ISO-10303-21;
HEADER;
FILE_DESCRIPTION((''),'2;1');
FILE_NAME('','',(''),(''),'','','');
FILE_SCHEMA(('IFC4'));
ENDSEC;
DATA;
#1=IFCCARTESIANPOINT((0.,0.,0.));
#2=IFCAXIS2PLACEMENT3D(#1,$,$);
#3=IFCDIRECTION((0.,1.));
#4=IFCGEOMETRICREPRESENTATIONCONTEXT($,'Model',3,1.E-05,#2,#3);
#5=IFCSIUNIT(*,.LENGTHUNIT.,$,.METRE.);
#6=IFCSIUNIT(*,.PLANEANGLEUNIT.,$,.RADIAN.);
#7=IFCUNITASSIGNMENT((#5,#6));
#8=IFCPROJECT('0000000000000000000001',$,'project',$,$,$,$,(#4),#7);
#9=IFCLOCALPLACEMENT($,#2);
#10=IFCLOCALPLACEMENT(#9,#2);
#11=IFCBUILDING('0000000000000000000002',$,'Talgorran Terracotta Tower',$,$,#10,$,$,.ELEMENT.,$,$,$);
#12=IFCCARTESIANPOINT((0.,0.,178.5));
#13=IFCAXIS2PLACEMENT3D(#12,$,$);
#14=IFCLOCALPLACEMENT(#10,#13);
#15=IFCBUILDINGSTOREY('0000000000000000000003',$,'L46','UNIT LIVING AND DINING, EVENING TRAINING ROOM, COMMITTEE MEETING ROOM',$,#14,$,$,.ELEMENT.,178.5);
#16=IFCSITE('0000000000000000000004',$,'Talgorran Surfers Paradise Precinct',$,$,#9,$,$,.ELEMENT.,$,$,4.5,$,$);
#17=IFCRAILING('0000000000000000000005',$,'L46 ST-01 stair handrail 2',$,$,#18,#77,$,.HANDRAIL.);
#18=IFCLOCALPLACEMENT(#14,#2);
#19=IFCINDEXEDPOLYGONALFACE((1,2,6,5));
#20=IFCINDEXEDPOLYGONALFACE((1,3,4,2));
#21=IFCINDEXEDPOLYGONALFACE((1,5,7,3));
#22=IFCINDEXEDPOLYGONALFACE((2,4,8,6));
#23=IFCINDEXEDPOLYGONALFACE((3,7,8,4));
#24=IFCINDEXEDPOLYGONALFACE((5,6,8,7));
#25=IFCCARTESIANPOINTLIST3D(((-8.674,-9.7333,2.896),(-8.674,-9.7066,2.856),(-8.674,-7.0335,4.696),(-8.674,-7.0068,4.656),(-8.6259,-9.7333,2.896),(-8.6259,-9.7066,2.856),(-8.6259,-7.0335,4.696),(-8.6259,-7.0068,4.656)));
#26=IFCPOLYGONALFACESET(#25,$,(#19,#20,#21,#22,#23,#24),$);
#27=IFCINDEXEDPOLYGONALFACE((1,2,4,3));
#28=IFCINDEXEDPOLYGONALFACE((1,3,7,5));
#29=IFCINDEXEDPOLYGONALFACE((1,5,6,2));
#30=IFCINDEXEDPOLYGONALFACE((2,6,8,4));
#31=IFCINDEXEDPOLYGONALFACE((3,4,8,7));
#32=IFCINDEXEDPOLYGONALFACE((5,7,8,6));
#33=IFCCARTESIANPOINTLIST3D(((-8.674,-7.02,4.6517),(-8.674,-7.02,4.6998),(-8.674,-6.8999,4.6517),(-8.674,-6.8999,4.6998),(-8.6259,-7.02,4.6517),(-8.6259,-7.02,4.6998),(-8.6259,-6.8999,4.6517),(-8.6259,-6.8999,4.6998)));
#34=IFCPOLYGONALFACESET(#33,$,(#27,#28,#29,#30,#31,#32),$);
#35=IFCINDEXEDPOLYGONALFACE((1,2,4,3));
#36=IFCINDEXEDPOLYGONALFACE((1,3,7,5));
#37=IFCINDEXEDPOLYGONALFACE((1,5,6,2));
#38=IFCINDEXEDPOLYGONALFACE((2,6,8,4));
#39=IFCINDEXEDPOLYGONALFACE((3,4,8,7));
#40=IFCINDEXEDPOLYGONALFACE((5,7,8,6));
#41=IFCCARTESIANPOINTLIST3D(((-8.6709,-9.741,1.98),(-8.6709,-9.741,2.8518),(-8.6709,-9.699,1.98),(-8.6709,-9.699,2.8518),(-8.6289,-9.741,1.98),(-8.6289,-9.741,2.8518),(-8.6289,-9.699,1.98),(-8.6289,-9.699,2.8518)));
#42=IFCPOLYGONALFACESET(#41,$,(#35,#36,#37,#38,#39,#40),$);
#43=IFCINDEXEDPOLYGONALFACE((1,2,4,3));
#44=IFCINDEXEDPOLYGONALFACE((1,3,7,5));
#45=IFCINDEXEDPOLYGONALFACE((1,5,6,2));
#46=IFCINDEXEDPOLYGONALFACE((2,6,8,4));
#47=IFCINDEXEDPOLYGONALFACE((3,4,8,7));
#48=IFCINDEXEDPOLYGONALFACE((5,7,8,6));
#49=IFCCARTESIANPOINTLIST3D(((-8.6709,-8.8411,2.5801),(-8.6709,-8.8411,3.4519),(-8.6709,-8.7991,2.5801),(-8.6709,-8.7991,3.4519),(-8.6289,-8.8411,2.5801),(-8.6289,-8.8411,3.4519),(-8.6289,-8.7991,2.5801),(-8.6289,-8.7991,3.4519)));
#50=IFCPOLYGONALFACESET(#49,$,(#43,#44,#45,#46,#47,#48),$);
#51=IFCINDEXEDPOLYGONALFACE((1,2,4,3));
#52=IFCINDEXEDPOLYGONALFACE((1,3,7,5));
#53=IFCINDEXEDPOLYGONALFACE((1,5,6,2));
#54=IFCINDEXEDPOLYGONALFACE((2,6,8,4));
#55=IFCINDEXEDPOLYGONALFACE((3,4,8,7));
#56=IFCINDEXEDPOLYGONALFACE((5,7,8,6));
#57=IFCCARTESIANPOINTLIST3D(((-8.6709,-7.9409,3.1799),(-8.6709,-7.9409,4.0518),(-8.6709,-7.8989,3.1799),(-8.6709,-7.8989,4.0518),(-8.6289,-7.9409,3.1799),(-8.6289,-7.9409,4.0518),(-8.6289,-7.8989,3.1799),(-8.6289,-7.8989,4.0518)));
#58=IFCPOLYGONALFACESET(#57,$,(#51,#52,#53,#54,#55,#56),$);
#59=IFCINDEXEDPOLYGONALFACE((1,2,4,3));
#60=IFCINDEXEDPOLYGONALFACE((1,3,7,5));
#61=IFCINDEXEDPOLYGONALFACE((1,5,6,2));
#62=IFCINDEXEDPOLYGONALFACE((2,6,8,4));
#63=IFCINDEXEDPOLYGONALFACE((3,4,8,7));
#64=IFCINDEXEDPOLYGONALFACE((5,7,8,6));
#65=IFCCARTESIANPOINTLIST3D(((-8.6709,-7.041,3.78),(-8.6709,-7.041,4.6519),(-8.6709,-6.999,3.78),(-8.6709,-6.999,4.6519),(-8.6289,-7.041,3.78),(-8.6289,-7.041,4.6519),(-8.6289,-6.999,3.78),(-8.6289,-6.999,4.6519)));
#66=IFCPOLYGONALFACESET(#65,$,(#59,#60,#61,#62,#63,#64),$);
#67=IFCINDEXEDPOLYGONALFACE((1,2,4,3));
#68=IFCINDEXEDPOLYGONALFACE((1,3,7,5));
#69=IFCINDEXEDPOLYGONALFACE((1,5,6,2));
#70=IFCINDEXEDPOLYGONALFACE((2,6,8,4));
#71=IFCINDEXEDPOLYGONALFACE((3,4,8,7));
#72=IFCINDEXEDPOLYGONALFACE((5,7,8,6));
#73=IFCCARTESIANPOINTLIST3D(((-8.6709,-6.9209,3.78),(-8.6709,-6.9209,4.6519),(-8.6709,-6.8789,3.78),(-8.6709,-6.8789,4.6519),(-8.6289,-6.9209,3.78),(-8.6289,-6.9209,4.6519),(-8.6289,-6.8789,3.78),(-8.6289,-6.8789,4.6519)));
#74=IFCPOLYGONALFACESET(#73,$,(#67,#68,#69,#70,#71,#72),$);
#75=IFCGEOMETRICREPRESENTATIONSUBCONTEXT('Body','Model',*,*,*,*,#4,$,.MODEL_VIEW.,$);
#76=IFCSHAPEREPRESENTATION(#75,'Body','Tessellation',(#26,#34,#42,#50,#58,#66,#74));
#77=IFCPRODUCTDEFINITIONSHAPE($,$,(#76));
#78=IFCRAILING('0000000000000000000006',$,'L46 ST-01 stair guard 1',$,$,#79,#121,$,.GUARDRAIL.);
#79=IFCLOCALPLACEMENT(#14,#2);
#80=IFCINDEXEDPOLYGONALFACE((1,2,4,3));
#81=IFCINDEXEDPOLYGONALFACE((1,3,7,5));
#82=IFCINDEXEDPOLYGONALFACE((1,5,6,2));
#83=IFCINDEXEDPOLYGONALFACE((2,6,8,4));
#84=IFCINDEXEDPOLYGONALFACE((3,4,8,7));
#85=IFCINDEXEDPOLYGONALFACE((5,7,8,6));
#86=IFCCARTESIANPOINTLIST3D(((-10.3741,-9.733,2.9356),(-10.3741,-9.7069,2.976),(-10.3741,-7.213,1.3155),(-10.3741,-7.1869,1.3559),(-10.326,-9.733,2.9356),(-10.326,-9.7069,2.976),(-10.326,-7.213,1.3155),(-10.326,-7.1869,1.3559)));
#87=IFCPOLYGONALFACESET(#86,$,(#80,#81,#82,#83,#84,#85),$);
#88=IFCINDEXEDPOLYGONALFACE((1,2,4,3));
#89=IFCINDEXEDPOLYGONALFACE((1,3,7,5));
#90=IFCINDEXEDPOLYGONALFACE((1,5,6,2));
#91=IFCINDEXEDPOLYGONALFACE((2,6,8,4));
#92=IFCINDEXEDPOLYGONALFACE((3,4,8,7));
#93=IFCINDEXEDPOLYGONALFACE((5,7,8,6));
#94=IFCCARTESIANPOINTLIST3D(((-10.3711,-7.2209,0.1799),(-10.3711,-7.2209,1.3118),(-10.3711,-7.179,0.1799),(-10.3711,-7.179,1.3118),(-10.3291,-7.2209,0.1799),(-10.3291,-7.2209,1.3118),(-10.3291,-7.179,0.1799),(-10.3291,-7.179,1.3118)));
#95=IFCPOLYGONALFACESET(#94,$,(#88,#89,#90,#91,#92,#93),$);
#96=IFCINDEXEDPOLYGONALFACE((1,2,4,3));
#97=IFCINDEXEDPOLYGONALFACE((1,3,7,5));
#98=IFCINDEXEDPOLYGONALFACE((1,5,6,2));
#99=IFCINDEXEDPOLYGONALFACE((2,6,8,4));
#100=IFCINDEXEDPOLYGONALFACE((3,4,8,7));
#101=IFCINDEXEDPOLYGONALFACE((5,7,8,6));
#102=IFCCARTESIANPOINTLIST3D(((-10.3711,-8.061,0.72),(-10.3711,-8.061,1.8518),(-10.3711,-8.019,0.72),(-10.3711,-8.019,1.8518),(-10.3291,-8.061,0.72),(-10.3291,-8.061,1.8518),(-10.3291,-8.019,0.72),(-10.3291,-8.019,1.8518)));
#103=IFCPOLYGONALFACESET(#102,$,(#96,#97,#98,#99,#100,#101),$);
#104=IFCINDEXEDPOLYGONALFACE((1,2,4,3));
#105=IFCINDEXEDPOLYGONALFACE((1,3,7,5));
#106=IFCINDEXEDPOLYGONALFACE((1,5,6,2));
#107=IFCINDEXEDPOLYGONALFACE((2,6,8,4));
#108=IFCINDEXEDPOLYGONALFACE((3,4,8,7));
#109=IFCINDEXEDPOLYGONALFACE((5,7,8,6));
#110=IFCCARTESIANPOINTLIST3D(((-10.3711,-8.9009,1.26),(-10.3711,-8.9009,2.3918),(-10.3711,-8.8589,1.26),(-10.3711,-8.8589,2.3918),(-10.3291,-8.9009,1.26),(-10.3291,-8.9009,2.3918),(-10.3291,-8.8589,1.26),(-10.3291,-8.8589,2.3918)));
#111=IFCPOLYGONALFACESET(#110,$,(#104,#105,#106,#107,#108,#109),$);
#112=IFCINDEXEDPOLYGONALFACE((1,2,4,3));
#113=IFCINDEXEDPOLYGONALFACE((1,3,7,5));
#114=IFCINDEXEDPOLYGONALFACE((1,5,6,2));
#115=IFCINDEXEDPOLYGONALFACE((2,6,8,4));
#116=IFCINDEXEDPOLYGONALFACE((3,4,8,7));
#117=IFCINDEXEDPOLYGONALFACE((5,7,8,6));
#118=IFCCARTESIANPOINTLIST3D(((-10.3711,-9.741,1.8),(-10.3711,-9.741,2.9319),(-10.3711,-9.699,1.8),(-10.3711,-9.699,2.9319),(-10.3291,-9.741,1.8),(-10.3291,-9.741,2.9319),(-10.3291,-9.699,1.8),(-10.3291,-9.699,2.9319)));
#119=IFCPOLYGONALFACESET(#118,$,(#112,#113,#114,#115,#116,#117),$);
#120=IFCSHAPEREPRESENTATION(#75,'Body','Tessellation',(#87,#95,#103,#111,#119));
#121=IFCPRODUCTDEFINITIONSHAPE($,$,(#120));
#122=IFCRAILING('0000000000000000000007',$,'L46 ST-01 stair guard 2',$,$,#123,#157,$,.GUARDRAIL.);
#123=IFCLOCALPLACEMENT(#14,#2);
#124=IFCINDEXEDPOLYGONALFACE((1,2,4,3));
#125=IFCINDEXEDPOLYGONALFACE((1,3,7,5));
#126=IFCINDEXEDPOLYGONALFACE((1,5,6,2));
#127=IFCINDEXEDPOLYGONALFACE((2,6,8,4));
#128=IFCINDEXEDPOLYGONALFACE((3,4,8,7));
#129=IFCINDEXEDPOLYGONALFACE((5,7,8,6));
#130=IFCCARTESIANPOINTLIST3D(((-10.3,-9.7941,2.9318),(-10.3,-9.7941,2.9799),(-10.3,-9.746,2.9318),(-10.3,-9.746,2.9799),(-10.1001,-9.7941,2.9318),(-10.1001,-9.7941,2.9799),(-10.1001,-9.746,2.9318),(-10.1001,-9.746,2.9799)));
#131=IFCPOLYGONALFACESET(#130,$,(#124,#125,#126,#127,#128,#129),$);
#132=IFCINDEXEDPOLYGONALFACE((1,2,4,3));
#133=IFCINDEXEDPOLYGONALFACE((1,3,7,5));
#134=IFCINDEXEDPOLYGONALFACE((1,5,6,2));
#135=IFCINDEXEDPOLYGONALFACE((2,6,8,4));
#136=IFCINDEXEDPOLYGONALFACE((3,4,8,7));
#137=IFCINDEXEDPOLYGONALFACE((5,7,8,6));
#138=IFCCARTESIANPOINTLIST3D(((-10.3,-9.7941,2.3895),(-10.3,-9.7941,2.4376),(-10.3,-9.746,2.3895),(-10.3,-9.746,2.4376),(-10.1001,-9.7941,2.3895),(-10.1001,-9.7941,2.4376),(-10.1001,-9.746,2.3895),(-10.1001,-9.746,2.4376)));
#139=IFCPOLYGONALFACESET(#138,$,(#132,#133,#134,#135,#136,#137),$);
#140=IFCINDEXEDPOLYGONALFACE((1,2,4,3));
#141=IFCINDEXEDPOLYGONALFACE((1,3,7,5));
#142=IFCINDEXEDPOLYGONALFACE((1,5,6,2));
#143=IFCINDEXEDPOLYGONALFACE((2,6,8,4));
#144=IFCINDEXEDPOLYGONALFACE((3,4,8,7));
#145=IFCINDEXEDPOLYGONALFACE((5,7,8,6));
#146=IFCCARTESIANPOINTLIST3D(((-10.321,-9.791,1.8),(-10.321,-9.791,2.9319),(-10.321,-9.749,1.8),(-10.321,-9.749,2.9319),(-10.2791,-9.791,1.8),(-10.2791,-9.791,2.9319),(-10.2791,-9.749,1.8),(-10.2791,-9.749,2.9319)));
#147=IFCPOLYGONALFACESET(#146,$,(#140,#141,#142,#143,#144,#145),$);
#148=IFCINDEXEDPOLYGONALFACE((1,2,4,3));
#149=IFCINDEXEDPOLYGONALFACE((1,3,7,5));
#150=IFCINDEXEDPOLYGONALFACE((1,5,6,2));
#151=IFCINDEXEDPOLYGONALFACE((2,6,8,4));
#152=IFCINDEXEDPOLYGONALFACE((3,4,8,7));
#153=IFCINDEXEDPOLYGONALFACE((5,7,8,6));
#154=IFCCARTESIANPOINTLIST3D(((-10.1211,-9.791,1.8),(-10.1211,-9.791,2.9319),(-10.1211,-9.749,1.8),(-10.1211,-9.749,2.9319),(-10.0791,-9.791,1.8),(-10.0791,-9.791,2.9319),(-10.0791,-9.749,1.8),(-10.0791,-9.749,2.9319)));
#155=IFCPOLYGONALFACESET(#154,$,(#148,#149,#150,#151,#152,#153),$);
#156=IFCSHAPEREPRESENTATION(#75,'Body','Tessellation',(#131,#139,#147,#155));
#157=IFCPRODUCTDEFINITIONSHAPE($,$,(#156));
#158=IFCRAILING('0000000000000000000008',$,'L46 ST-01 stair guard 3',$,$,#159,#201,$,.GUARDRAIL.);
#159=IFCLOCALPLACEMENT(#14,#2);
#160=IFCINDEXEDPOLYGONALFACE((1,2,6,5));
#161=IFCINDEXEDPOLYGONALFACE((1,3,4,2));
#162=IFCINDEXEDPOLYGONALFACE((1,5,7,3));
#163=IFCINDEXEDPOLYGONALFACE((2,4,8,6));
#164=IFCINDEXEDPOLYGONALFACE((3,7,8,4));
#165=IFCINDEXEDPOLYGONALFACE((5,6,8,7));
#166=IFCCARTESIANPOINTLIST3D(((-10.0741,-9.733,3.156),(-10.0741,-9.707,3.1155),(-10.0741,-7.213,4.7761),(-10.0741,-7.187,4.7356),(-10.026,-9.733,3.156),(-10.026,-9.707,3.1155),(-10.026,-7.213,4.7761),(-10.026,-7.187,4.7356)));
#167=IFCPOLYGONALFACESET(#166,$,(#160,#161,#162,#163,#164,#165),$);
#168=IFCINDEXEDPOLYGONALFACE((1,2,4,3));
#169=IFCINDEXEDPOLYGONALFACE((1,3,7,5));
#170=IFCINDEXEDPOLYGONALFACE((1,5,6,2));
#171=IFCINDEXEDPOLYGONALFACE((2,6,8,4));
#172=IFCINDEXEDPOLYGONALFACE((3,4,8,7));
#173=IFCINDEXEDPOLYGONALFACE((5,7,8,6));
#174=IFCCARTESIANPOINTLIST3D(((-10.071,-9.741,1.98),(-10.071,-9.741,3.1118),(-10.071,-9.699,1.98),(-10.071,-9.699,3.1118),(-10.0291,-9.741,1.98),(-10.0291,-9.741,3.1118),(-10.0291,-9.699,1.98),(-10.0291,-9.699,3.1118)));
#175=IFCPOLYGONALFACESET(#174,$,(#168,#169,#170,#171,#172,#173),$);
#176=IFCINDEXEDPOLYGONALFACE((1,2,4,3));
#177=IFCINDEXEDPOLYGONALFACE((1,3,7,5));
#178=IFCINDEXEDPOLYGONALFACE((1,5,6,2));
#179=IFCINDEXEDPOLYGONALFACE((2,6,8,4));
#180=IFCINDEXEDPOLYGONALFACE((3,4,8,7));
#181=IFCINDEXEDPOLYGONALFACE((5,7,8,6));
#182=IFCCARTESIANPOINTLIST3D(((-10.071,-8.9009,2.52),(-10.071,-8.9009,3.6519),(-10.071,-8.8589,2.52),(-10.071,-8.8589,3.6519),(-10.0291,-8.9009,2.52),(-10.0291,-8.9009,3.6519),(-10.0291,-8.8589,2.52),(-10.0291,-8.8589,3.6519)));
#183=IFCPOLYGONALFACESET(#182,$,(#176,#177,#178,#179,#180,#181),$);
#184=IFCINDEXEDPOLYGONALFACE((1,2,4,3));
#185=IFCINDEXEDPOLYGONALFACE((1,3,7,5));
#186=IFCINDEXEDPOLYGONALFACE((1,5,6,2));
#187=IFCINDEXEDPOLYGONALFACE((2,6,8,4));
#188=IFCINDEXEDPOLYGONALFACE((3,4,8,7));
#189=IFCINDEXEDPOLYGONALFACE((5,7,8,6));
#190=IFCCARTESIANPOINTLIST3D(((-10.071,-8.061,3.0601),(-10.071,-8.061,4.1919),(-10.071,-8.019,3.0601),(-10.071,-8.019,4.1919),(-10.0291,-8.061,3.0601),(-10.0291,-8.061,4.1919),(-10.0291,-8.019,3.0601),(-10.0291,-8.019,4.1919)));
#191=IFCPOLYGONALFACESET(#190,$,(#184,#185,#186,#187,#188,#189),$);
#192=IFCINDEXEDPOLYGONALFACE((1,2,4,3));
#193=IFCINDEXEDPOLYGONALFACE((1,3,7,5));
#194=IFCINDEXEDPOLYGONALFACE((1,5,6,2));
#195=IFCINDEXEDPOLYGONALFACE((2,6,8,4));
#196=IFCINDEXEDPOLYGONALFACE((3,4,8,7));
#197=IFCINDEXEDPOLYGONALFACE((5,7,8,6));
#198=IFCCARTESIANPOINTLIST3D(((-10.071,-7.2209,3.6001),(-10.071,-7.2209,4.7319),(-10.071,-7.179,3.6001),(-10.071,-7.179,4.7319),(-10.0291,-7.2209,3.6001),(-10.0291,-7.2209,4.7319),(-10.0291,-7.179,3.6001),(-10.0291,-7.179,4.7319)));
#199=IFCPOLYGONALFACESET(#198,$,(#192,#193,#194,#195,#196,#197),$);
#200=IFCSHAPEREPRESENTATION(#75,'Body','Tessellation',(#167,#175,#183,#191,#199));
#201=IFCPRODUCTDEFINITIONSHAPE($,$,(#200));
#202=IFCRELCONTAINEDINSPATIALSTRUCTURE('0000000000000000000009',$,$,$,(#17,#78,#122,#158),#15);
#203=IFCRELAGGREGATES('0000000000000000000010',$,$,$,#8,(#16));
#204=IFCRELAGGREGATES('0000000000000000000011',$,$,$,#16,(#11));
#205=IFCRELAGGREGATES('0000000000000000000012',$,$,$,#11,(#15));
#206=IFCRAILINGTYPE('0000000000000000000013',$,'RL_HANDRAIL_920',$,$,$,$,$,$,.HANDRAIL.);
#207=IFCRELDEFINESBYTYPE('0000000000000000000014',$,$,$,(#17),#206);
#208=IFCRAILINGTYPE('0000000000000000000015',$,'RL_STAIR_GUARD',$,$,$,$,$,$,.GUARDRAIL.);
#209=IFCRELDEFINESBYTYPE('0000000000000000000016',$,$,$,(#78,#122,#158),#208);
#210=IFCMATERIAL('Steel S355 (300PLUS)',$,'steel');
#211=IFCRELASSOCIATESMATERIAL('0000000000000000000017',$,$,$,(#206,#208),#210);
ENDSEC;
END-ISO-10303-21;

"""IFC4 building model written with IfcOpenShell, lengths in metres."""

from ifc_helpers import new_model, si_unit, direction, frame, origin, origin_2d, place, context, subcontext, project, spatial, rectangle, extrude, material, type_object, element, save


model = new_model("IFC4")

# Units and contexts
model_context = context("Model", 3, precision=1e-05, world=origin(), true_north=direction((0.0, 1.0)))
body_context = subcontext(model_context, "Body", "Model", "MODEL_VIEW")
ifc_project = project(units=[si_unit("LENGTHUNIT", "METRE"), si_unit("PLANEANGLEUNIT", "RADIAN")], contexts=[model_context])

# Site, building, storey
site_placement = place(None, origin())
site = spatial("IfcSite", under=ifc_project, at=site_placement, Name="Talgorran Surfers Paradise Precinct", CompositionType="ELEMENT", RefElevation=4.5)
building_placement = place(site_placement, origin())
building = spatial("IfcBuilding", under=site, at=building_placement, Name="Talgorran Terracotta Tower", CompositionType="ELEMENT")
storey_placement = place(building_placement, frame((0.0, 0.0, 178.5)))
storey = spatial("IfcBuildingStorey", under=building, at=storey_placement, Name="L46", Description="UNIT LIVING AND DINING, EVENING TRAINING ROOM, COMMITTEE MEETING ROOM", CompositionType="ELEMENT", Elevation=178.5)

# Railings
ifc_material_1 = material(Name="Steel S355 (300PLUS)", Category="steel")
railing_type_1 = type_object("IfcRailingType", Name="RL_HANDRAIL_920", PredefinedType="HANDRAIL", material=ifc_material_1)
railing_1_placement = place(storey_placement, frame((-8.6499, -9.72, 1.98)))
element("IfcRailing", 1, at=railing_1_placement, inside=storey, type_object=railing_type_1, Name="L46 ST-01 stair handrail 2", PredefinedType="HANDRAIL", context=body_context, shape_type="SweptSolid", body=[
    extrude(rectangle(XDim=0.0481, YDim=0.0481, at=origin_2d()), frame((0.0, 0.0, 0.896), z_axis=(0.0, 0.832039, 0.554718), x_axis=(-1.0, 0.0, 0.0)), (0.0, 0.0, 1.0), 3.2449),
    extrude(rectangle(XDim=0.0481, YDim=0.0481, at=origin_2d()), frame((0.0, 2.7, 2.6958), z_axis=(0.0, 1.0, 0.0), x_axis=(-1.0, 0.0, 0.0)), (0.0, 0.0, 1.0), 0.1201),
    extrude(rectangle(XDim=0.042, YDim=0.042, at=origin_2d()), origin(), (0.0, 0.0, 1.0), 0.8718),
    extrude(rectangle(XDim=0.042, YDim=0.042, at=origin_2d()), frame((0.0, 0.8999, 0.6001)), (0.0, 0.0, 1.0), 0.8718),
    extrude(rectangle(XDim=0.042, YDim=0.042, at=origin_2d()), frame((0.0, 1.8, 1.2)), (0.0, 0.0, 1.0), 0.8718),
    extrude(rectangle(XDim=0.042, YDim=0.042, at=origin_2d()), frame((0.0, 2.7, 1.8)), (0.0, 0.0, 1.0), 0.8718),
    extrude(rectangle(XDim=0.042, YDim=0.042, at=origin_2d()), frame((0.0, 2.8201, 1.8)), (0.0, 0.0, 1.0), 0.8718),
])
railing_type_2 = type_object("IfcRailingType", Name="RL_STAIR_GUARD", PredefinedType="GUARDRAIL", material=ifc_material_1)
railing_2_placement = place(storey_placement, frame((-10.3501, -7.2, 0.1799)))
element("IfcRailing", 2, at=railing_2_placement, inside=storey, type_object=railing_type_2, Name="L46 ST-01 stair guard 1", PredefinedType="GUARDRAIL", context=body_context, shape_type="SweptSolid", body=[
    extrude(rectangle(XDim=0.0481, YDim=0.0481, at=origin_2d()), frame((0.0, 0.0, 1.1558), z_axis=(0.0, -0.841163, 0.540782), x_axis=(1.0, 0.0, 0.0)), (0.0, 0.0, 1.0), 2.9958),
    extrude(rectangle(XDim=0.042, YDim=0.042, at=origin_2d()), origin(), (0.0, 0.0, 1.0), 1.1318),
    extrude(rectangle(XDim=0.042, YDim=0.042, at=origin_2d()), frame((0.0, -0.8401, 0.54)), (0.0, 0.0, 1.0), 1.1318),
    extrude(rectangle(XDim=0.042, YDim=0.042, at=origin_2d()), frame((0.0, -1.6799, 1.0801)), (0.0, 0.0, 1.0), 1.1318),
    extrude(rectangle(XDim=0.042, YDim=0.042, at=origin_2d()), frame((0.0, -2.52, 1.6201)), (0.0, 0.0, 1.0), 1.1318),
])
railing_3_placement = place(storey_placement, frame((-10.3, -9.77, 1.8)))
element("IfcRailing", 3, at=railing_3_placement, inside=storey, type_object=railing_type_2, Name="L46 ST-01 stair guard 2", PredefinedType="GUARDRAIL", context=body_context, shape_type="SweptSolid", body=[
    extrude(rectangle(XDim=0.0481, YDim=0.0481, at=origin_2d()), frame((0.0, 0.0, 1.1558), z_axis=(1.0, 0.0, 0.0), x_axis=(0.0, 1.0, 0.0)), (0.0, 0.0, 1.0), 0.2),
    extrude(rectangle(XDim=0.0481, YDim=0.0481, at=origin_2d()), frame((0.0, 0.0, 0.6135), z_axis=(1.0, 0.0, 0.0), x_axis=(0.0, 1.0, 0.0)), (0.0, 0.0, 1.0), 0.2),
    extrude(rectangle(XDim=0.042, YDim=0.042, at=origin_2d()), origin(), (0.0, 0.0, 1.0), 1.1318),
    extrude(rectangle(XDim=0.042, YDim=0.042, at=origin_2d()), frame((0.2, 0.0, 0.0)), (0.0, 0.0, 1.0), 1.1318),
])
railing_4_placement = place(storey_placement, frame((-10.05, -9.72, 1.98)))
element("IfcRailing", 4, at=railing_4_placement, inside=storey, type_object=railing_type_2, Name="L46 ST-01 stair guard 3", PredefinedType="GUARDRAIL", context=body_context, shape_type="SweptSolid", body=[
    extrude(rectangle(XDim=0.0481, YDim=0.0481, at=origin_2d()), frame((0.0, 0.0, 1.1558), z_axis=(0.0, 0.841163, 0.540782), x_axis=(-1.0, 0.0, 0.0)), (0.0, 0.0, 1.0), 2.9958),
    extrude(rectangle(XDim=0.042, YDim=0.042, at=origin_2d()), origin(), (0.0, 0.0, 1.0), 1.1318),
    extrude(rectangle(XDim=0.042, YDim=0.042, at=origin_2d()), frame((0.0, 0.8401, 0.54)), (0.0, 0.0, 1.0), 1.1318),
    extrude(rectangle(XDim=0.042, YDim=0.042, at=origin_2d()), frame((0.0, 1.6799, 1.0801)), (0.0, 0.0, 1.0), 1.1318),
    extrude(rectangle(XDim=0.042, YDim=0.042, at=origin_2d()), frame((0.0, 2.52, 1.6201)), (0.0, 0.0, 1.0), 1.1318),
])

save(model, "model.ifc")
